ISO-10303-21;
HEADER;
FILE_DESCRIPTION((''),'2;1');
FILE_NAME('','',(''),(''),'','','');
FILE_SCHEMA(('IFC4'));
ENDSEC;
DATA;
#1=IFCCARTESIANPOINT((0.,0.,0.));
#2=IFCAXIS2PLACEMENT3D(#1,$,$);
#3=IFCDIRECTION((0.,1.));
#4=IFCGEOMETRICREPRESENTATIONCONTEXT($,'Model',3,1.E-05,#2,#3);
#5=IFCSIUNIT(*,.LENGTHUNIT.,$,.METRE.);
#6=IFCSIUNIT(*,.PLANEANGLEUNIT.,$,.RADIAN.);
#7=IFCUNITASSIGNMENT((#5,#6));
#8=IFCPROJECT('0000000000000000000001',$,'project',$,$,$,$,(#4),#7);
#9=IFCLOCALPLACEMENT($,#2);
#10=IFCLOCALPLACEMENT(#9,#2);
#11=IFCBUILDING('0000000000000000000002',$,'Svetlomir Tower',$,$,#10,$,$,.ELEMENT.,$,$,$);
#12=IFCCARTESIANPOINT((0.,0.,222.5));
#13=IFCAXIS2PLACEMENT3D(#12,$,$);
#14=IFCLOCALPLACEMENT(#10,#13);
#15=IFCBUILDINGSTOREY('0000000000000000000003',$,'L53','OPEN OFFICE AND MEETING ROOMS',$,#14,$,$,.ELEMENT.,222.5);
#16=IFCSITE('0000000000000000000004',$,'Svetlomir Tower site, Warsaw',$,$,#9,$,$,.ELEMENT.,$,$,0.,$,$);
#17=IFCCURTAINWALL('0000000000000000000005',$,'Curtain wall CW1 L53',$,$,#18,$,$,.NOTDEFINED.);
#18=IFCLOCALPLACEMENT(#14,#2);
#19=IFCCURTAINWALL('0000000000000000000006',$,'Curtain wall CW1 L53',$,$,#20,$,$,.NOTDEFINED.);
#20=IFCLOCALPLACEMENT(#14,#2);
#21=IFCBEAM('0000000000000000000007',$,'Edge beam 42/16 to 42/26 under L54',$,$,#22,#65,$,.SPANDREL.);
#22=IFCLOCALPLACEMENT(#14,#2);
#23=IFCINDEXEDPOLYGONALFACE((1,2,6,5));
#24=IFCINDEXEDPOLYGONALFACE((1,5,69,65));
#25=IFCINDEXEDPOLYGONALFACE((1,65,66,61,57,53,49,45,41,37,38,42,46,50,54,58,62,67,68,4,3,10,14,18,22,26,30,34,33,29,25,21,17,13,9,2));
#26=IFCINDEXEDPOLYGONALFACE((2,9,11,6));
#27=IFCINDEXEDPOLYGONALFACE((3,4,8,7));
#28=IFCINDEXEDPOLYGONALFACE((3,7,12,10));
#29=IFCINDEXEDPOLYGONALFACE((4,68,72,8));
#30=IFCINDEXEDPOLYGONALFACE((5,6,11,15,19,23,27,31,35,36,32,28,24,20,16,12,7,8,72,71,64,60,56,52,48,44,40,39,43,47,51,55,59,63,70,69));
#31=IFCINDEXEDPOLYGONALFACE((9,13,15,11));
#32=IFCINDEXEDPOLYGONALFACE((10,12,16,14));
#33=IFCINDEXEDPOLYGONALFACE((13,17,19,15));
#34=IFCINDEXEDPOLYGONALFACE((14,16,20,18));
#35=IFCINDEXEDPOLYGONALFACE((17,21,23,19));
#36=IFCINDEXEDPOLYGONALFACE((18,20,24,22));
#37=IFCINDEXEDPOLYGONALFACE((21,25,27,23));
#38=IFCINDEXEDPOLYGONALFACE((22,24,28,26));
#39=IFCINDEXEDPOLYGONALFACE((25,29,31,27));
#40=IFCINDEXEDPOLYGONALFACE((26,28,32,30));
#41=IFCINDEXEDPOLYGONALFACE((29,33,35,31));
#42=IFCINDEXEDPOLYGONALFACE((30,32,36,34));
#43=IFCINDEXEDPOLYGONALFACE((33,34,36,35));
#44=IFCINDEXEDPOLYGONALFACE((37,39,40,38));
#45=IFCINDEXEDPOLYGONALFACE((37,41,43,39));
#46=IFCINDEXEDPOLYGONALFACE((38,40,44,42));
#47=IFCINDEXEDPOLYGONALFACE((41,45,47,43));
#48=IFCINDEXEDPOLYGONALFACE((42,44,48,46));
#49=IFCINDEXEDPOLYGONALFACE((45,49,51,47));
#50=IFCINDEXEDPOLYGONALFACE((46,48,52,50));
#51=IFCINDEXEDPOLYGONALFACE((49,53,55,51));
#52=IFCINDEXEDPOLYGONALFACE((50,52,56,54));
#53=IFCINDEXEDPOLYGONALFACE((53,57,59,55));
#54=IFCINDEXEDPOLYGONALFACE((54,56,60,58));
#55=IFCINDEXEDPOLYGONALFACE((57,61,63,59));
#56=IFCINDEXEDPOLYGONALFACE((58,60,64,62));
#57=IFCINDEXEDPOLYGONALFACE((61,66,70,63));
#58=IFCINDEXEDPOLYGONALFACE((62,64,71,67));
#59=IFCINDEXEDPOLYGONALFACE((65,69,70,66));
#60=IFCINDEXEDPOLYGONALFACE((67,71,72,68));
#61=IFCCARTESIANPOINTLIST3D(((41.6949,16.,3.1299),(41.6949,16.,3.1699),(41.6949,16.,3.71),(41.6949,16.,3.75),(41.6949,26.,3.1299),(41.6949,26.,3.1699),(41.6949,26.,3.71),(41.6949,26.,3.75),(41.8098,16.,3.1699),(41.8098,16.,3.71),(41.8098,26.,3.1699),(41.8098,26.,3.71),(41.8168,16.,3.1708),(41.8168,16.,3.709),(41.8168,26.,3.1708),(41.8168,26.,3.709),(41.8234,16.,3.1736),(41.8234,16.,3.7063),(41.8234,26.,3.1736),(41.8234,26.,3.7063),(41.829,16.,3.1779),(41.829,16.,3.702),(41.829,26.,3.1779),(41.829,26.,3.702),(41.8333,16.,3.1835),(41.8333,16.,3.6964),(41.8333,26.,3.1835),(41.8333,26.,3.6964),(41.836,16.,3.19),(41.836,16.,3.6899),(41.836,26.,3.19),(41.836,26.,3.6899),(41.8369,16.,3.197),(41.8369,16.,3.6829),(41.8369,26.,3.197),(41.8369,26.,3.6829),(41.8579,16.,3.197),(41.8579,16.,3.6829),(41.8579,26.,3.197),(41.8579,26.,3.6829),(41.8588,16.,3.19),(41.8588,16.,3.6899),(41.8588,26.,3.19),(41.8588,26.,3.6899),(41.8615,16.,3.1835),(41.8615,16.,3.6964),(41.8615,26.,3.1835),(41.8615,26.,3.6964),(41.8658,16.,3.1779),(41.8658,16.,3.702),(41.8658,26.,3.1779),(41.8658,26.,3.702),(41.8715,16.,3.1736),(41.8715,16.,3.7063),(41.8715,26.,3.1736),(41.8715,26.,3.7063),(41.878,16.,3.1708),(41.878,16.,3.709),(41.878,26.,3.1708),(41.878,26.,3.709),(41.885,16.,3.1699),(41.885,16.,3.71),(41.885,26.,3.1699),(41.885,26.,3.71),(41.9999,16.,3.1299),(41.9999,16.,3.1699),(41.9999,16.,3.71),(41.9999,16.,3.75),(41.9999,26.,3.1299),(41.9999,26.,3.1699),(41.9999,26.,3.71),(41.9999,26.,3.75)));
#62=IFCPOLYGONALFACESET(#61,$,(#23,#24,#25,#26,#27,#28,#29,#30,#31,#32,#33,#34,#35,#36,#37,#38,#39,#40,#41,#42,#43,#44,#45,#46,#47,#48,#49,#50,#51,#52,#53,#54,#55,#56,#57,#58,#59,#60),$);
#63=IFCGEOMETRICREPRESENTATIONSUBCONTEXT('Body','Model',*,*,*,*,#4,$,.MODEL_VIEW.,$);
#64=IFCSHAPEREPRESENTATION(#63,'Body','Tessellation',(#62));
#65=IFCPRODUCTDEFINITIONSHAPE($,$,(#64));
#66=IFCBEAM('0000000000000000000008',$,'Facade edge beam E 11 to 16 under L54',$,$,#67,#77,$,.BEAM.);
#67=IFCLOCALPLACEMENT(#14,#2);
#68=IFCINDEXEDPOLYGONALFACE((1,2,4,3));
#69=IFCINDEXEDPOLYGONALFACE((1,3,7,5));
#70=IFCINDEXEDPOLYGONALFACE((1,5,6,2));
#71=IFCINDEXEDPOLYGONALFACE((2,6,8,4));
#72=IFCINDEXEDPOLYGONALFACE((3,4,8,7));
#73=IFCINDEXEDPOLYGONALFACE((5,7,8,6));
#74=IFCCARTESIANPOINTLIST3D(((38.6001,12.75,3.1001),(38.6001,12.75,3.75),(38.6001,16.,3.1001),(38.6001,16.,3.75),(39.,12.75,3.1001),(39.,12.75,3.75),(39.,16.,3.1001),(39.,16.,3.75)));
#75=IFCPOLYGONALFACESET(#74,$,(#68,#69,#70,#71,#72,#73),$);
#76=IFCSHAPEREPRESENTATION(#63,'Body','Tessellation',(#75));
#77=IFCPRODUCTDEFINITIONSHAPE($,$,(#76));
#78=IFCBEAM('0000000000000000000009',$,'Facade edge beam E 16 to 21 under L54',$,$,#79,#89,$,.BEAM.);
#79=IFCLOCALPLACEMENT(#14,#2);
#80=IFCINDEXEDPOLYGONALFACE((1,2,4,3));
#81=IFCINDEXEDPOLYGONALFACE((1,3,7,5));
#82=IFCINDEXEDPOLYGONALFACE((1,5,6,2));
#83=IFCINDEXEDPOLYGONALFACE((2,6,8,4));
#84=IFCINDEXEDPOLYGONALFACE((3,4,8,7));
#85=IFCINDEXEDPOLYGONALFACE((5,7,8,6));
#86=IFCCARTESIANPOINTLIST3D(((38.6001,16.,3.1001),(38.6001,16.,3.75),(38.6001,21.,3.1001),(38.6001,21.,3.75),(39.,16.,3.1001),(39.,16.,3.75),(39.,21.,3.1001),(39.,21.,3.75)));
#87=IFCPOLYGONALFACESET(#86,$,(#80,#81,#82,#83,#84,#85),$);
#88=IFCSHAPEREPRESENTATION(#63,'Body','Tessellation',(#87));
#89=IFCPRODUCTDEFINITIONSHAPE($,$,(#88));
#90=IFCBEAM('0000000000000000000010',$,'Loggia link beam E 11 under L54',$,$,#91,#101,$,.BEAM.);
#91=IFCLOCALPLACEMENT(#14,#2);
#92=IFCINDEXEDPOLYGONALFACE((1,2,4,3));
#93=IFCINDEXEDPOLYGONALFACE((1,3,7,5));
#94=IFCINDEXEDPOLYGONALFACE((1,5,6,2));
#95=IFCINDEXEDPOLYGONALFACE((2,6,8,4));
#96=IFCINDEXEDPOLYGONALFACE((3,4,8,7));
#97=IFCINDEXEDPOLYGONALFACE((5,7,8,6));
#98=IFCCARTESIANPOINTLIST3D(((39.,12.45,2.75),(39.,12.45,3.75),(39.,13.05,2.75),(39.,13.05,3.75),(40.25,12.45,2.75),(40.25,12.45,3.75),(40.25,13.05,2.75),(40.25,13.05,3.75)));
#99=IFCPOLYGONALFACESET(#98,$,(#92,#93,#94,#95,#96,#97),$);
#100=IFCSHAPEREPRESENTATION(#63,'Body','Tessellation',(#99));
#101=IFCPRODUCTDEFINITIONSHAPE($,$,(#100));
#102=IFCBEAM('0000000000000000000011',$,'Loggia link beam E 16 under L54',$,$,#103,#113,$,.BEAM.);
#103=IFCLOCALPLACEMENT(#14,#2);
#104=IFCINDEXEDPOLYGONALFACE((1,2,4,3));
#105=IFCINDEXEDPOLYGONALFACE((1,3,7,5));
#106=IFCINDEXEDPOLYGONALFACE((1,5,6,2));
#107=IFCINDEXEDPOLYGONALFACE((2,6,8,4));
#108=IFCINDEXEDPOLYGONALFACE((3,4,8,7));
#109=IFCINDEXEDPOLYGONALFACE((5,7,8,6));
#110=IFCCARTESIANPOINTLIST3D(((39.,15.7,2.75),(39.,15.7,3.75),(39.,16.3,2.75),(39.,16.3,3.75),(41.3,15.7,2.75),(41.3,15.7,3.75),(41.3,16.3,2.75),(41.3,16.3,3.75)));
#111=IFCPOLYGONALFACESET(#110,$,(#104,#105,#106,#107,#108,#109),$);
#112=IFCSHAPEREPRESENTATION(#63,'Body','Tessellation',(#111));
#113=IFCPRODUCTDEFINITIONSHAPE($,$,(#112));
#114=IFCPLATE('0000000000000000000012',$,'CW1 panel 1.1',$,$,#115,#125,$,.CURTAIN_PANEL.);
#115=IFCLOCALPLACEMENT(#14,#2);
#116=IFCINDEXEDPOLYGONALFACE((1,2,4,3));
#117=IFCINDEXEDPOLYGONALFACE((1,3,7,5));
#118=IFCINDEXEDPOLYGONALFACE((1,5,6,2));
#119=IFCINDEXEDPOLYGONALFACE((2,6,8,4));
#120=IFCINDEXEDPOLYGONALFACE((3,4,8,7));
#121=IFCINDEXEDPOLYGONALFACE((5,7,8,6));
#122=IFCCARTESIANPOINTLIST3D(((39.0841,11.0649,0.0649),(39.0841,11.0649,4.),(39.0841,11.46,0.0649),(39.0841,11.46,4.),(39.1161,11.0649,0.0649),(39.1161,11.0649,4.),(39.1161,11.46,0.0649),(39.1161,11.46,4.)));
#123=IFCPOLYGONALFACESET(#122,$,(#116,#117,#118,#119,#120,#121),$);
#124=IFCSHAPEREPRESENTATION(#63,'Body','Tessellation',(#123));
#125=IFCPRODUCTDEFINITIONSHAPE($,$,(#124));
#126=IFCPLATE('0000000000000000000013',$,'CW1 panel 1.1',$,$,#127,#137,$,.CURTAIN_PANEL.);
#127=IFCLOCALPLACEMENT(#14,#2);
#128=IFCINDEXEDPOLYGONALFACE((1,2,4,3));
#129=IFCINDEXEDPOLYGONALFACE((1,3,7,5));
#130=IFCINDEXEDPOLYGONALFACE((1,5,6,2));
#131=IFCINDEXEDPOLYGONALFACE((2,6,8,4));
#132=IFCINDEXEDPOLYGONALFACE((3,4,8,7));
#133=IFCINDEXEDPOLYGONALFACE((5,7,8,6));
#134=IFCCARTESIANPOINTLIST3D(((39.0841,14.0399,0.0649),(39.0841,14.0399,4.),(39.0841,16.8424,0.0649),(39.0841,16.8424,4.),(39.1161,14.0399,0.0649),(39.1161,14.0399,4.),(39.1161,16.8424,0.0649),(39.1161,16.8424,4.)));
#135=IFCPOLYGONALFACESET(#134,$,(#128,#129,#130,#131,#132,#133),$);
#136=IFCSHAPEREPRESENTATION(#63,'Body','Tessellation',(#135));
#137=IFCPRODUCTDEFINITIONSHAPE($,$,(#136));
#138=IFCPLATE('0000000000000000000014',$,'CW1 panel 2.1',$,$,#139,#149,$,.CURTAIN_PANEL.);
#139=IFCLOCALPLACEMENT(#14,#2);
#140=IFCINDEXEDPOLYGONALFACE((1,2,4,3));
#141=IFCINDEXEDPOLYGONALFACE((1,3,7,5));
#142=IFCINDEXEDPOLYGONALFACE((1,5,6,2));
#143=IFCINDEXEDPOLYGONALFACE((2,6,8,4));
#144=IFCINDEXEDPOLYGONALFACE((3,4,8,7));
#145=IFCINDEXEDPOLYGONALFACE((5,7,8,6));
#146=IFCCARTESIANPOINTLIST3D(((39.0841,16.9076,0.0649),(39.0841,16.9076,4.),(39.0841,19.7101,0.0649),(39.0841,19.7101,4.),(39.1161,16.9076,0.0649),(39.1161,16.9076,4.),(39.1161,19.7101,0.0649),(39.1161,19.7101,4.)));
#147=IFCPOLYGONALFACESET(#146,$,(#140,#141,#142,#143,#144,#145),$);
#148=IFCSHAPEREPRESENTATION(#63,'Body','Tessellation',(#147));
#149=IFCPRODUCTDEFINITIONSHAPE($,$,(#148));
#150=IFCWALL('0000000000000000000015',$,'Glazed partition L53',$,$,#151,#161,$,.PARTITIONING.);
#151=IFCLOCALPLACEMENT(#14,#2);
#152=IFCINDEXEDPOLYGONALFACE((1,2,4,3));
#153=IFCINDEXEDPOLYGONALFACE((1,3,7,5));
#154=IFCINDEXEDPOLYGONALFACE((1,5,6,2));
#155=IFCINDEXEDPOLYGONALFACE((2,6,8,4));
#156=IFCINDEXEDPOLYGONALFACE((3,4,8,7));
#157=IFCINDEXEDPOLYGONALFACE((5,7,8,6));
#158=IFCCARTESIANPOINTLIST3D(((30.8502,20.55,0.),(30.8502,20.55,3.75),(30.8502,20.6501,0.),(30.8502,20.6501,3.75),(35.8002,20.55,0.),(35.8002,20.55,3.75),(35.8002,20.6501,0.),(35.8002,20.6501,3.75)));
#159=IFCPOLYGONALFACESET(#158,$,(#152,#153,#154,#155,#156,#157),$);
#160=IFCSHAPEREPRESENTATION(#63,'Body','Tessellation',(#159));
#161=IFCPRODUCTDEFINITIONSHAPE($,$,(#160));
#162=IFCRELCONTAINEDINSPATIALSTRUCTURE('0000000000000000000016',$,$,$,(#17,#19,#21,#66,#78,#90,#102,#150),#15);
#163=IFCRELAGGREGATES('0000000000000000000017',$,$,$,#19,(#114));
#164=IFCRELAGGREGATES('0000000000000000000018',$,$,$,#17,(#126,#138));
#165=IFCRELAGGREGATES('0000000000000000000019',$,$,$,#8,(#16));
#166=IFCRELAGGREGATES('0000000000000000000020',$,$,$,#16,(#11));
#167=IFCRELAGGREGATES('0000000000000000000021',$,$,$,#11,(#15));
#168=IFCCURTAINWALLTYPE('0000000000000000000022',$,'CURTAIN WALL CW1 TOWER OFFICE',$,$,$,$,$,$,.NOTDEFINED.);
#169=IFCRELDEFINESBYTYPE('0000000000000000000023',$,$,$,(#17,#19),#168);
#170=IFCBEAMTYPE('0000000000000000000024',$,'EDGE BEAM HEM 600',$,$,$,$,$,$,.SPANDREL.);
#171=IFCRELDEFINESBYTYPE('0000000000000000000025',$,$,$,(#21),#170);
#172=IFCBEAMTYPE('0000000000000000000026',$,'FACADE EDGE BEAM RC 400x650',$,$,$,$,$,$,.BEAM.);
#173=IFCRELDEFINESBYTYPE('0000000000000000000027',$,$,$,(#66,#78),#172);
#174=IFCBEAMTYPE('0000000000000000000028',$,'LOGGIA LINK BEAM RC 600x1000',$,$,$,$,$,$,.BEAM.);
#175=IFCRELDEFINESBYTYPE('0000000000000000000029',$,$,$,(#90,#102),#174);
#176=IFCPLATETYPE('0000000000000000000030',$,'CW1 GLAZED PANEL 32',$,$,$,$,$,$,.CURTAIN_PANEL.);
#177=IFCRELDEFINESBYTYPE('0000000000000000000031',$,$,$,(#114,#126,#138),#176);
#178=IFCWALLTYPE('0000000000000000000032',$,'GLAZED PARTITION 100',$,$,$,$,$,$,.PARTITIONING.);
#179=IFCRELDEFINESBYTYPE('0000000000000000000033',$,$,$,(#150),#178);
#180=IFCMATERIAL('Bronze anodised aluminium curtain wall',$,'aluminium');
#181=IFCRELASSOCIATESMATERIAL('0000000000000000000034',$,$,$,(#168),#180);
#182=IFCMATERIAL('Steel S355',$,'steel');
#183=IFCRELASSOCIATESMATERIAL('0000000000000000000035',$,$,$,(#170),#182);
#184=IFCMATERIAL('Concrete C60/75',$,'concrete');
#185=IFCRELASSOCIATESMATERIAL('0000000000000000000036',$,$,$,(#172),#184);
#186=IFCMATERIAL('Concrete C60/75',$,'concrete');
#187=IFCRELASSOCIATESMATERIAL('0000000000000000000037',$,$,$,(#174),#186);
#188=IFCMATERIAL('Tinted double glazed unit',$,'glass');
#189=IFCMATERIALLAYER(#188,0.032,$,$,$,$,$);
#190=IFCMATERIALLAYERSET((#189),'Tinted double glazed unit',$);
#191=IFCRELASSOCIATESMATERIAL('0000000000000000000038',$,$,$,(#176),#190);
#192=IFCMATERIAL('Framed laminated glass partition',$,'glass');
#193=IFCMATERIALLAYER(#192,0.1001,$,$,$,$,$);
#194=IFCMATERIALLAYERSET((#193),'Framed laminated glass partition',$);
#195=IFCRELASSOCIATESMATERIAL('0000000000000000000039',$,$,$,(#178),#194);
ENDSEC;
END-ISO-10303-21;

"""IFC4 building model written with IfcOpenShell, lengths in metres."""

from ifc_helpers import new_model, si_unit, direction, frame, frame_2d, origin, origin_2d, place, context, subcontext, project, spatial, rectangle, i_section, extrude, material, layer, layer_set, material_profile, profile_set, type_object, element, aggregate, save


model = new_model("IFC4")

# Units and contexts
model_context = context("Model", 3, precision=1e-05, world=origin(), true_north=direction((0.0, 1.0)))
body_context = subcontext(model_context, "Body", "Model", "MODEL_VIEW")
ifc_project = project(units=[si_unit("LENGTHUNIT", "METRE"), si_unit("PLANEANGLEUNIT", "RADIAN")], contexts=[model_context])

# Site, building, storey
site_placement = place(None, origin())
site = spatial("IfcSite", under=ifc_project, at=site_placement, Name="Svetlomir Tower site, Warsaw", CompositionType="ELEMENT", RefElevation=0.0)
building_placement = place(site_placement, origin())
building = spatial("IfcBuilding", under=site, at=building_placement, Name="Svetlomir Tower", CompositionType="ELEMENT")
storey_placement = place(building_placement, frame((0.0, 0.0, 222.5)))
storey = spatial("IfcBuildingStorey", under=building, at=storey_placement, Name="L53", Description="OPEN OFFICE AND MEETING ROOMS", CompositionType="ELEMENT", Elevation=222.5)

# Curtain walls
ifc_material_1 = material(Name="Bronze anodised aluminium curtain wall", Category="aluminium")
curtain_wall_type = type_object("IfcCurtainWallType", Name="CURTAIN WALL CW1 TOWER OFFICE", PredefinedType="NOTDEFINED", material=ifc_material_1)
curtain_wall_1_placement = place(storey_placement, origin())
curtain_wall_1 = element("IfcCurtainWall", 1, at=curtain_wall_1_placement, inside=storey, type_object=curtain_wall_type, Name="Curtain wall CW1 L53", PredefinedType="NOTDEFINED")
curtain_wall_2_placement = place(storey_placement, origin())
curtain_wall_2 = element("IfcCurtainWall", 2, at=curtain_wall_2_placement, inside=storey, type_object=curtain_wall_type, Name="Curtain wall CW1 L53", PredefinedType="NOTDEFINED")

# Beams
ifc_material_2 = material(Name="Steel S355", Category="steel")
ifc_material_profile_1 = material_profile(ifc_material_2, i_section(OverallWidth=0.3049, OverallDepth=0.6201, WebThickness=0.021, FlangeThickness=0.04, FilletRadius=0.0271, at=origin_2d()), Name="HEM 600")
ifc_profile_set_1 = profile_set([ifc_material_profile_1], Name="Steel S355")
beam_type_1 = type_object("IfcBeamType", Name="EDGE BEAM HEM 600", PredefinedType="SPANDREL", material=ifc_profile_set_1)
beam_1_placement = place(storey_placement, frame((41.8474, 16.0, 3.4399), z_axis=(0.0, 1.0, 0.0), x_axis=(-1.0, 0.0, 0.0)))
element("IfcBeam", 3, at=beam_1_placement, inside=storey, type_object=beam_type_1, Name="Edge beam 42/16 to 42/26 under L54", PredefinedType="SPANDREL", context=body_context, shape_type="SweptSolid", body=[
    extrude(i_section(OverallWidth=0.3049, OverallDepth=0.6201, WebThickness=0.021, FlangeThickness=0.04, FilletRadius=0.0271, at=origin_2d()), origin(), (0.0, 0.0, 1.0), 10.0),
])
ifc_material_3 = material(Name="Concrete C60/75", Category="concrete")
ifc_material_profile_2 = material_profile(ifc_material_3, rectangle(XDim=0.3999, YDim=0.6499, at=origin_2d()), Name="RC 400x650")
ifc_profile_set_2 = profile_set([ifc_material_profile_2], Name="Concrete C60/75")
beam_type_2 = type_object("IfcBeamType", Name="FACADE EDGE BEAM RC 400x650", PredefinedType="BEAM", material=ifc_profile_set_2)
beam_2_placement = place(storey_placement, frame((38.8, 12.75, 3.425), z_axis=(0.0, 1.0, 0.0), x_axis=(-1.0, 0.0, 0.0)))
element("IfcBeam", 4, at=beam_2_placement, inside=storey, type_object=beam_type_2, Name="Facade edge beam E 11 to 16 under L54", PredefinedType="BEAM", context=body_context, shape_type="SweptSolid", body=[
    extrude(rectangle(XDim=0.3999, YDim=0.6499, at=origin_2d()), origin(), (0.0, 0.0, 1.0), 3.25),
])
beam_3_placement = place(storey_placement, frame((38.8, 16.0, 3.425), z_axis=(0.0, 1.0, 0.0), x_axis=(-1.0, 0.0, 0.0)))
element("IfcBeam", 5, at=beam_3_placement, inside=storey, type_object=beam_type_2, Name="Facade edge beam E 16 to 21 under L54", PredefinedType="BEAM", context=body_context, shape_type="SweptSolid", body=[
    extrude(rectangle(XDim=0.3999, YDim=0.6499, at=origin_2d()), origin(), (0.0, 0.0, 1.0), 5.0),
])
ifc_material_4 = material(Name="Concrete C60/75", Category="concrete")
ifc_material_profile_3 = material_profile(ifc_material_4, rectangle(XDim=0.6001, YDim=1.0, at=origin_2d()), Name="RC 600x1000")
ifc_profile_set_3 = profile_set([ifc_material_profile_3], Name="Concrete C60/75")
beam_type_3 = type_object("IfcBeamType", Name="LOGGIA LINK BEAM RC 600x1000", PredefinedType="BEAM", material=ifc_profile_set_3)
beam_4_placement = place(storey_placement, frame((40.25, 12.75, 3.25), z_axis=(-1.0, 0.0, 0.0), x_axis=(0.0, -1.0, 0.0)))
element("IfcBeam", 6, at=beam_4_placement, inside=storey, type_object=beam_type_3, Name="Loggia link beam E 11 under L54", PredefinedType="BEAM", context=body_context, shape_type="SweptSolid", body=[
    extrude(rectangle(XDim=0.6001, YDim=1.0, at=origin_2d()), origin(), (0.0, 0.0, 1.0), 1.25),
])
beam_5_placement = place(storey_placement, frame((41.3, 16.0, 3.25), z_axis=(-1.0, 0.0, 0.0), x_axis=(0.0, -1.0, 0.0)))
element("IfcBeam", 7, at=beam_5_placement, inside=storey, type_object=beam_type_3, Name="Loggia link beam E 16 under L54", PredefinedType="BEAM", context=body_context, shape_type="SweptSolid", body=[
    extrude(rectangle(XDim=0.6001, YDim=1.0, at=origin_2d()), origin(), (0.0, 0.0, 1.0), 2.3),
])

# Plates
ifc_material_5 = material(Name="Tinted double glazed unit", Category="glass")
ifc_layer_1 = layer(ifc_material_5, 0.032)
ifc_layer_set_1 = layer_set([ifc_layer_1], Name="Tinted double glazed unit")
plate_type = type_object("IfcPlateType", Name="CW1 GLAZED PANEL 32", PredefinedType="CURTAIN_PANEL", material=ifc_layer_set_1)
plate_1_placement = place(storey_placement, frame((39.1001, 11.2625, 0.0649), z_axis=(0.0, 0.0, 1.0), x_axis=(0.0, 1.0, 0.0)))
plate_1 = element("IfcPlate", 8, at=plate_1_placement, type_object=plate_type, Name="CW1 panel 1.1", PredefinedType="CURTAIN_PANEL", context=body_context, shape_type="SweptSolid", body=[
    extrude(rectangle(XDim=0.395, YDim=0.032, at=origin_2d()), origin(), (0.0, 0.0, 1.0), 3.9351),
])
aggregate(curtain_wall_2, [plate_1])
plate_2_placement = place(storey_placement, frame((39.1001, 15.4412, 0.0649), z_axis=(0.0, 0.0, 1.0), x_axis=(0.0, 1.0, 0.0)))
plate_2 = element("IfcPlate", 9, at=plate_2_placement, type_object=plate_type, Name="CW1 panel 1.1", PredefinedType="CURTAIN_PANEL", context=body_context, shape_type="SweptSolid", body=[
    extrude(rectangle(XDim=2.8025, YDim=0.032, at=origin_2d()), origin(), (0.0, 0.0, 1.0), 3.9351),
])
plate_3_placement = place(storey_placement, frame((39.1001, 18.3088, 0.0649), z_axis=(0.0, 0.0, 1.0), x_axis=(0.0, 1.0, 0.0)))
plate_3 = element("IfcPlate", 10, at=plate_3_placement, type_object=plate_type, Name="CW1 panel 2.1", PredefinedType="CURTAIN_PANEL", context=body_context, shape_type="SweptSolid", body=[
    extrude(rectangle(XDim=2.8025, YDim=0.032, at=origin_2d()), origin(), (0.0, 0.0, 1.0), 3.9351),
])
aggregate(curtain_wall_1, [plate_2, plate_3])

# Wall
ifc_material_6 = material(Name="Framed laminated glass partition", Category="glass")
ifc_layer_2 = layer(ifc_material_6, 0.1001)
ifc_layer_set_2 = layer_set([ifc_layer_2], Name="Framed laminated glass partition")
wall_type_1 = type_object("IfcWallType", Name="GLAZED PARTITION 100", PredefinedType="PARTITIONING", material=ifc_layer_set_2)
wall_1_placement = place(storey_placement, frame((30.8501, 20.6001, 0.0), z_axis=(0.0, 0.0, 1.0), x_axis=(1.0, 0.0, 0.0)))
element("IfcWall", 11, at=wall_1_placement, inside=storey, type_object=wall_type_1, Name="Glazed partition L53", PredefinedType="PARTITIONING", context=body_context, shape_type="SweptSolid", body=[
    extrude(rectangle(XDim=4.95, YDim=0.1001, at=frame_2d((2.4751, 0.0))), origin(), (0.0, 0.0, 1.0), 3.75),
])

save(model, "model.ifc")
